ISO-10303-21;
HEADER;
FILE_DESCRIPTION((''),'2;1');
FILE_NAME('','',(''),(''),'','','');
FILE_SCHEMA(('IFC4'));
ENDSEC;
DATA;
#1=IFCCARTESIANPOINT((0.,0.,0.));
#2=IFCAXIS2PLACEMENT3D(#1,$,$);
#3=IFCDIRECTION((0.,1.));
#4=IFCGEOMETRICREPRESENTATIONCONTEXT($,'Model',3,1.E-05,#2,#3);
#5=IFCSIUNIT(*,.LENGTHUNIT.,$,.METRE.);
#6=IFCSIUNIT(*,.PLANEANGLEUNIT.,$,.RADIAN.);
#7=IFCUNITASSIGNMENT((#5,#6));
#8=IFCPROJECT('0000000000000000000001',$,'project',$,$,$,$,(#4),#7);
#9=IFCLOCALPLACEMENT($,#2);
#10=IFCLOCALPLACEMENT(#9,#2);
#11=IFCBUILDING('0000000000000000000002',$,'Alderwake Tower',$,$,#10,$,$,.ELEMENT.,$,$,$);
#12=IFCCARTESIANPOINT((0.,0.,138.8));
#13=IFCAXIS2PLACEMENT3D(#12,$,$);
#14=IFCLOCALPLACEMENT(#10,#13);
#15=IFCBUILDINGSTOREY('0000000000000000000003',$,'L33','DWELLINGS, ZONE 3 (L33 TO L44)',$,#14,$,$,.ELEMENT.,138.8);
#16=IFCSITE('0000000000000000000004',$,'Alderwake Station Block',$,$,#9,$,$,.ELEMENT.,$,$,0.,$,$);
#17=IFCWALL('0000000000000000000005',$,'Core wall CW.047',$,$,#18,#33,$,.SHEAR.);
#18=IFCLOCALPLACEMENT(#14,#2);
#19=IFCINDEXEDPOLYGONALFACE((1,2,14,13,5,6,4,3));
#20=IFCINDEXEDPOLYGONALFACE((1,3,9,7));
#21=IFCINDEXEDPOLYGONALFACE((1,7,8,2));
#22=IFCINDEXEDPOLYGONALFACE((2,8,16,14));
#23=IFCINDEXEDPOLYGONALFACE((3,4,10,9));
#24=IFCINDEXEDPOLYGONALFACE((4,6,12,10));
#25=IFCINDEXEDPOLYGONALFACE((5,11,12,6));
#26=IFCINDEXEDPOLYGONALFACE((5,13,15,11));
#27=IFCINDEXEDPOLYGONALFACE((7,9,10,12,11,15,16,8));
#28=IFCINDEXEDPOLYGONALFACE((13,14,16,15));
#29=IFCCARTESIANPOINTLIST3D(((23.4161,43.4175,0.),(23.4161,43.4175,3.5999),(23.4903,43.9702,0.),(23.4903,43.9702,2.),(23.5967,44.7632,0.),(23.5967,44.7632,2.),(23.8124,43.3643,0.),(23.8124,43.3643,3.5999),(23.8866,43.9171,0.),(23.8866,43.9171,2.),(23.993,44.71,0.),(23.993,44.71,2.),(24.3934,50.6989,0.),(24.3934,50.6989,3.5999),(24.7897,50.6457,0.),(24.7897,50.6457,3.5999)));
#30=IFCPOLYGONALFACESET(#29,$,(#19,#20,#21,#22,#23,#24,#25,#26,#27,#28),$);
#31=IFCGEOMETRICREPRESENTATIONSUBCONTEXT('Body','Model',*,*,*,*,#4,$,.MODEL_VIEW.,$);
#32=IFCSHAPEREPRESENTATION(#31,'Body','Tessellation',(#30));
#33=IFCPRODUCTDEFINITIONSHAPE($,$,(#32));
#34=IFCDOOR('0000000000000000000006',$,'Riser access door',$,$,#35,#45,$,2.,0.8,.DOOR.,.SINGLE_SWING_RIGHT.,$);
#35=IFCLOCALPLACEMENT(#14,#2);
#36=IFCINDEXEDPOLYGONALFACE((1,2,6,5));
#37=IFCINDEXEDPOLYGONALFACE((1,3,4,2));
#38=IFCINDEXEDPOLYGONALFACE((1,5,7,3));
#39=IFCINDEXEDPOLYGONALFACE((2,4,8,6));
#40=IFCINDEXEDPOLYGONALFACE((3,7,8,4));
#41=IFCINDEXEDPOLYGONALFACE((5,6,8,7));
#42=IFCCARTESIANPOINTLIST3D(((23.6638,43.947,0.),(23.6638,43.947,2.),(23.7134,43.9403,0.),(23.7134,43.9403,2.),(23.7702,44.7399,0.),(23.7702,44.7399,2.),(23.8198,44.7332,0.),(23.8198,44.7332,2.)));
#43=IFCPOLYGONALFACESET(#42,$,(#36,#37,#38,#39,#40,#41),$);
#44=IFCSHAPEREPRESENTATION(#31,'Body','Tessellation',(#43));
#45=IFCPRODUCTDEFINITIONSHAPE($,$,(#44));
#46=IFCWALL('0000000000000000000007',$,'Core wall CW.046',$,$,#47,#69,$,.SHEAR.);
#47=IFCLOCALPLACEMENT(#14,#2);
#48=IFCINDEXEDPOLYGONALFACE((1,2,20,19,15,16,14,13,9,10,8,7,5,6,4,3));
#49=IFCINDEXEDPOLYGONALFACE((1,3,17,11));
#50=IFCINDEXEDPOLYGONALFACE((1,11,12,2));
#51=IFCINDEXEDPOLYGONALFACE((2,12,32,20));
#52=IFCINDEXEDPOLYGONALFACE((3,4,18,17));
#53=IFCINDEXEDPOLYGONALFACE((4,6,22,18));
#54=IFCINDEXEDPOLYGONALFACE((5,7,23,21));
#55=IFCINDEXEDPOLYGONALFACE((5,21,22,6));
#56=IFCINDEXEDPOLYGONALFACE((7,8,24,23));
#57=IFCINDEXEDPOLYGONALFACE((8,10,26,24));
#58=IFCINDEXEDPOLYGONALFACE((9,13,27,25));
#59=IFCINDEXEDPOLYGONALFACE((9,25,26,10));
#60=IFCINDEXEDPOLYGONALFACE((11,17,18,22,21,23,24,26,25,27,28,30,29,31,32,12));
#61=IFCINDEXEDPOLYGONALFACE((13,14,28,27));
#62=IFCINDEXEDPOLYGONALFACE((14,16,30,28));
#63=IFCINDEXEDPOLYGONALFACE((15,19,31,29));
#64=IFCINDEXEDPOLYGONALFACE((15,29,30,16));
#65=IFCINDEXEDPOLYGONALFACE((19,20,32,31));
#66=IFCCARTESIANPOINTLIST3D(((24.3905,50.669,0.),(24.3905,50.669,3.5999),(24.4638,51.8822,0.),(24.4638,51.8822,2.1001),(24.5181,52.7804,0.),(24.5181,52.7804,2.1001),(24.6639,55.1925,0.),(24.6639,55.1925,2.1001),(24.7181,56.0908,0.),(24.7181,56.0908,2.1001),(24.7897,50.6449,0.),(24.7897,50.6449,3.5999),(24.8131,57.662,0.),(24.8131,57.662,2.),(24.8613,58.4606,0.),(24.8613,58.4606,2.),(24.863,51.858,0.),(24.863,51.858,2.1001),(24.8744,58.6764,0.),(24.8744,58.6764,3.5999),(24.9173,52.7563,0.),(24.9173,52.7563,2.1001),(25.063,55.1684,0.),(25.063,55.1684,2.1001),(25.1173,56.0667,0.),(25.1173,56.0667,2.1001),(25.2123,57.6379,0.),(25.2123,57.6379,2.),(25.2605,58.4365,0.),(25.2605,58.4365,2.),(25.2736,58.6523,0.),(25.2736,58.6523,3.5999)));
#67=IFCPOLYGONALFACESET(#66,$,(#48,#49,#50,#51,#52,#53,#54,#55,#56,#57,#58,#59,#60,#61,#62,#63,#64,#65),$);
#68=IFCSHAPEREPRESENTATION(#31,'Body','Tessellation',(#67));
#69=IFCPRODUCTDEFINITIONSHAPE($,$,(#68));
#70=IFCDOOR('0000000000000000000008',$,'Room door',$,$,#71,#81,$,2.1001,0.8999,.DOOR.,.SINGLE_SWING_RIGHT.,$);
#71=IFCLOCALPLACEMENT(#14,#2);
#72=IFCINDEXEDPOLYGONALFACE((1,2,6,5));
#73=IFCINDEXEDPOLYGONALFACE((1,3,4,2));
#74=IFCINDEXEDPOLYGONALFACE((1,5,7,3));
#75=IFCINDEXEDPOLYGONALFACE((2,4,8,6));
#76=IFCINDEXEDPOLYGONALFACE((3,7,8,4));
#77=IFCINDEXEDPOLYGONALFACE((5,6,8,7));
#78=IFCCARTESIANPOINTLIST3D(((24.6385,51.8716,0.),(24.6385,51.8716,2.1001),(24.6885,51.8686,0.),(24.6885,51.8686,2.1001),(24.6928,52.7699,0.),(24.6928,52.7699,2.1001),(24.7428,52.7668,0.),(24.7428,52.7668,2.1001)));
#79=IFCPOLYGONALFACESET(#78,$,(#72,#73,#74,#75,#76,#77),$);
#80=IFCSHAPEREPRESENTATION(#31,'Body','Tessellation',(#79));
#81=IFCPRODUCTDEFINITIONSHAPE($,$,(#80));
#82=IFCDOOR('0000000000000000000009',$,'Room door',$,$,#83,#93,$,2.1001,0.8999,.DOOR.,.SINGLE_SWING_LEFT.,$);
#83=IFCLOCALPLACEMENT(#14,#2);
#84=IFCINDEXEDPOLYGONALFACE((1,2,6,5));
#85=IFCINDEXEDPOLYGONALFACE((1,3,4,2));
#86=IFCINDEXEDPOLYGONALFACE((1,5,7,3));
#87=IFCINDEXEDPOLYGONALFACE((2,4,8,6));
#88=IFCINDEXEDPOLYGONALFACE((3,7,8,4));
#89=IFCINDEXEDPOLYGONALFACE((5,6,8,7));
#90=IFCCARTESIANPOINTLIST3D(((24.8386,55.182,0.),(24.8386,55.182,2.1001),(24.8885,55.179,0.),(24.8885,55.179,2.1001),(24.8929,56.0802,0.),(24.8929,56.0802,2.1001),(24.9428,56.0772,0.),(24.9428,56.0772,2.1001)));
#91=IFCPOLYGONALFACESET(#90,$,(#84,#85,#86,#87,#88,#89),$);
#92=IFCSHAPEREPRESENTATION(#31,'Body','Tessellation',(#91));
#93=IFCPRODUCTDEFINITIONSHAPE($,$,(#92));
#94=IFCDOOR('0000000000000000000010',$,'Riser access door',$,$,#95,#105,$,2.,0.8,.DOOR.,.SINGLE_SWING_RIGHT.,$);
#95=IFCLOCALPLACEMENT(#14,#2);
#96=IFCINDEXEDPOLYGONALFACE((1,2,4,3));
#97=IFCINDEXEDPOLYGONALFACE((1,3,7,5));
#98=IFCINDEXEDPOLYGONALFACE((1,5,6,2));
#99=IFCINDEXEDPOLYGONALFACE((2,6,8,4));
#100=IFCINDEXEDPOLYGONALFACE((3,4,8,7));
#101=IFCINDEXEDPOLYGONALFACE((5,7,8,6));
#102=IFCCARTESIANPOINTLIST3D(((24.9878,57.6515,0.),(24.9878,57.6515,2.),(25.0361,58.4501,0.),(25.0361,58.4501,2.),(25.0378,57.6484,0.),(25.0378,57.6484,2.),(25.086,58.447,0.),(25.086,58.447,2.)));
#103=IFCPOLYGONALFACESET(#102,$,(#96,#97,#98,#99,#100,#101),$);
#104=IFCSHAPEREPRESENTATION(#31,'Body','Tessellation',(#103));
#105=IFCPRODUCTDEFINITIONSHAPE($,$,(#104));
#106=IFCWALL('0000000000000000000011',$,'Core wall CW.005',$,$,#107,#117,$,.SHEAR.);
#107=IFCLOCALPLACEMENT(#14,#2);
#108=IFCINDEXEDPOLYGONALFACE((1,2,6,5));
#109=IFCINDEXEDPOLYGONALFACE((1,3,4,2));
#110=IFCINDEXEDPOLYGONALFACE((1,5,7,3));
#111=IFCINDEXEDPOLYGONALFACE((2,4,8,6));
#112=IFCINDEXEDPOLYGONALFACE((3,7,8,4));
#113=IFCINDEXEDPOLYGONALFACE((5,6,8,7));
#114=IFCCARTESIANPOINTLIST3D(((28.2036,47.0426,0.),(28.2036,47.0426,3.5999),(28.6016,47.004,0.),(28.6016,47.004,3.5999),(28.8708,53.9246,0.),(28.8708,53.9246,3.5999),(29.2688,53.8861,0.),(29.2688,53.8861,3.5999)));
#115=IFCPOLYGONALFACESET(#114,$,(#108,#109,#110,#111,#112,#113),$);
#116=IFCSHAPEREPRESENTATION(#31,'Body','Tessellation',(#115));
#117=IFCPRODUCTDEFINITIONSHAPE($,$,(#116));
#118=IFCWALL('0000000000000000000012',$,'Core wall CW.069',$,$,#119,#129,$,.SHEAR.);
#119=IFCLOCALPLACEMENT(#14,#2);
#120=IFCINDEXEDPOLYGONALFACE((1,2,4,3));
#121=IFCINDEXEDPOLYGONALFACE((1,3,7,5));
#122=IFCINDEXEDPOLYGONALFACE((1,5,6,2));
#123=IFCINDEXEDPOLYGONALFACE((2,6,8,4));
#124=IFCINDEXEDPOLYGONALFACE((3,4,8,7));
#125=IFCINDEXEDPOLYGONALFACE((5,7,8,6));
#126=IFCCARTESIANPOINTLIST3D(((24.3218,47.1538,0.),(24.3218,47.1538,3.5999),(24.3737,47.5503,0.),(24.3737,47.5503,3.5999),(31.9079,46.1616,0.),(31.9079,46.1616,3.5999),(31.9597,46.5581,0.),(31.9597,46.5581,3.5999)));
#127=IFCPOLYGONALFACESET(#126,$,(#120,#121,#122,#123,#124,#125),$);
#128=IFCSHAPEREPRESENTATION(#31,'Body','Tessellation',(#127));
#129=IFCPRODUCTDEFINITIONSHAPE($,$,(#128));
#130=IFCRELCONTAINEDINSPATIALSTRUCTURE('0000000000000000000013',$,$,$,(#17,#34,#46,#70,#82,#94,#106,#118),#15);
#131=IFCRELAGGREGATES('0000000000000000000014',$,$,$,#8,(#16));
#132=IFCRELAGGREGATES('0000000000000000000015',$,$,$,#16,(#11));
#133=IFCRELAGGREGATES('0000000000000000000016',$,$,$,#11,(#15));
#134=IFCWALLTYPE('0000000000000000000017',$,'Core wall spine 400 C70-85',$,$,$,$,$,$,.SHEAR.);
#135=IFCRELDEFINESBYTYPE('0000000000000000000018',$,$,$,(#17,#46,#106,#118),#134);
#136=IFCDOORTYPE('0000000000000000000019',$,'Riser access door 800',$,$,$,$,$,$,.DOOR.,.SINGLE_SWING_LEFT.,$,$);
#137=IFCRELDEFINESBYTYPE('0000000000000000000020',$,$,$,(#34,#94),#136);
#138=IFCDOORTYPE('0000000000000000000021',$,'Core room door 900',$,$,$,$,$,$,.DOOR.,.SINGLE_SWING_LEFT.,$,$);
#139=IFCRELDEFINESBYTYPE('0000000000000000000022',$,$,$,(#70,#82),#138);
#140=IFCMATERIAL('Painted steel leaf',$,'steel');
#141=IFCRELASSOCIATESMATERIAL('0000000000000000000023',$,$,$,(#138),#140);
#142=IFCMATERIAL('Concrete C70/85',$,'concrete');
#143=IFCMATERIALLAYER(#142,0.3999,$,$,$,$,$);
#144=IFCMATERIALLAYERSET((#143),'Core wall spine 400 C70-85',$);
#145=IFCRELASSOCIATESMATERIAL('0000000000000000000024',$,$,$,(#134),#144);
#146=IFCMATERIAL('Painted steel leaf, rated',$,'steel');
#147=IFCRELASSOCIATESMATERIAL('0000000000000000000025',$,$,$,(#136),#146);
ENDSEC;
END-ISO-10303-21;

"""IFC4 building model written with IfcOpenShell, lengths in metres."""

from ifc_helpers import new_model, si_unit, direction, frame, frame_2d, origin, place, context, subcontext, project, spatial, rectangle, extrude, material, layer, layer_set, type_object, element, fill, save


model = new_model("IFC4")

# Units and contexts
model_context = context("Model", 3, precision=1e-05, world=origin(), true_north=direction((0.0, 1.0)))
body_context = subcontext(model_context, "Body", "Model", "MODEL_VIEW")
ifc_project = project(units=[si_unit("LENGTHUNIT", "METRE"), si_unit("PLANEANGLEUNIT", "RADIAN")], contexts=[model_context])

# Site, building, storey
site_placement = place(None, origin())
site = spatial("IfcSite", under=ifc_project, at=site_placement, Name="Alderwake Station Block", CompositionType="ELEMENT", RefElevation=0.0)
building_placement = place(site_placement, origin())
building = spatial("IfcBuilding", under=site, at=building_placement, Name="Alderwake Tower", CompositionType="ELEMENT")
storey_placement = place(building_placement, frame((0.0, 0.0, 138.8)))
storey = spatial("IfcBuildingStorey", under=building, at=storey_placement, Name="L33", Description="DWELLINGS, ZONE 3 (L33 TO L44)", CompositionType="ELEMENT", Elevation=138.8)

# Shared definitions
ifc_material_1 = material(Name="Painted steel leaf", Category="steel")
door_type_1 = type_object("IfcDoorType", Name="Core room door 900", OperationType="SINGLE_SWING_LEFT", PredefinedType="DOOR", material=ifc_material_1)

# Wall, opening, door
ifc_material_2 = material(Name="Concrete C70/85", Category="concrete")
ifc_layer_1 = layer(ifc_material_2, 0.3999)
ifc_layer_set_1 = layer_set([ifc_layer_1], Name="Core wall spine 400 C70-85")
wall_type_1 = type_object("IfcWallType", Name="Core wall spine 400 C70-85", PredefinedType="SHEAR", material=ifc_layer_set_1)
wall_1_placement = place(storey_placement, frame((23.6143, 43.3909, 0.0), z_axis=(0.0, 0.0, 1.0), x_axis=(0.133023, 0.991113, 0.0)))
wall_1 = element("IfcWall", 1, at=wall_1_placement, inside=storey, type_object=wall_type_1, Name="Core wall CW.047", PredefinedType="SHEAR", context=body_context, shape_type="SweptSolid", body=[
    extrude(rectangle(XDim=7.3467, YDim=0.3999, at=frame_2d((3.6733, 0.0))), origin(), (0.0, 0.0, 1.0), 3.5999),
])
opening_1_placement = place(wall_1_placement, frame((0.5579, 0.0, 0.0)))
opening_1 = element("IfcOpeningElement", 2, at=opening_1_placement, cuts=wall_1, PredefinedType="OPENING", context=body_context, shape_type="SweptSolid", body=[
    extrude(rectangle(XDim=0.8, YDim=2.0, at=frame_2d((0.3999, 1.0))), frame((0.0, 0.21, 0.0), z_axis=(0.0, -1.0, 0.0), x_axis=(1.0, 0.0, 0.0)), (0.0, 0.0, 1.0), 0.4199),
])
ifc_material_3 = material(Name="Painted steel leaf, rated", Category="steel")
door_type_2 = type_object("IfcDoorType", Name="Riser access door 800", OperationType="SINGLE_SWING_LEFT", PredefinedType="DOOR", material=ifc_material_3)
door_1_placement = place(opening_1_placement, origin())
door_1 = element("IfcDoor", 3, at=door_1_placement, inside=storey, type_object=door_type_2, Name="Riser access door", OperationType="SINGLE_SWING_RIGHT", OverallHeight=2.0, OverallWidth=0.8, PredefinedType="DOOR", context=body_context, shape_type="SweptSolid", body=[
    extrude(rectangle(XDim=0.8, YDim=2.0, at=frame_2d((0.3999, 1.0))), frame((0.0, 0.0249, 0.0), z_axis=(0.0, -1.0, 0.0), x_axis=(1.0, 0.0, 0.0)), (0.0, 0.0, 1.0), 0.05),
])
fill(opening_1, door_1)

# Wall, openings, doors
wall_2_placement = place(storey_placement, frame((24.5901, 50.657, 0.0), z_axis=(0.0, 0.0, 1.0), x_axis=(0.06032, 0.998179, 0.0)))
wall_2 = element("IfcWall", 4, at=wall_2_placement, inside=storey, type_object=wall_type_1, Name="Core wall CW.046", PredefinedType="SHEAR", context=body_context, shape_type="SweptSolid", body=[
    extrude(rectangle(XDim=8.022, YDim=0.3999, at=frame_2d((4.011, 0.0))), origin(), (0.0, 0.0, 1.0), 3.5999),
])
opening_2_placement = place(wall_2_placement, frame((7.0059, 0.0, 0.0)))
opening_2 = element("IfcOpeningElement", 5, at=opening_2_placement, cuts=wall_2, PredefinedType="OPENING", context=body_context, shape_type="SweptSolid", body=[
    extrude(rectangle(XDim=0.8, YDim=2.0, at=frame_2d((0.3999, 1.0))), frame((0.0, 0.21, 0.0), z_axis=(0.0, -1.0, 0.0), x_axis=(1.0, 0.0, 0.0)), (0.0, 0.0, 1.0), 0.4199),
])
opening_3_placement = place(wall_2_placement, frame((1.2153, 0.0, 0.0)))
opening_3 = element("IfcOpeningElement", 6, at=opening_3_placement, cuts=wall_2, PredefinedType="OPENING", context=body_context, shape_type="SweptSolid", body=[
    extrude(rectangle(XDim=0.8999, YDim=2.1001, at=frame_2d((0.45, 1.05))), frame((0.0, 0.21, 0.0), z_axis=(0.0, -1.0, 0.0), x_axis=(1.0, 0.0, 0.0)), (0.0, 0.0, 1.0), 0.4199),
])
opening_4_placement = place(wall_2_placement, frame((4.5317, 0.0, 0.0)))
opening_4 = element("IfcOpeningElement", 7, at=opening_4_placement, cuts=wall_2, PredefinedType="OPENING", context=body_context, shape_type="SweptSolid", body=[
    extrude(rectangle(XDim=0.8999, YDim=2.1001, at=frame_2d((0.45, 1.05))), frame((0.0, 0.21, 0.0), z_axis=(0.0, -1.0, 0.0), x_axis=(1.0, 0.0, 0.0)), (0.0, 0.0, 1.0), 0.4199),
])
door_2_placement = place(opening_3_placement, origin())
door_2 = element("IfcDoor", 8, at=door_2_placement, inside=storey, type_object=door_type_1, Name="Room door", OperationType="SINGLE_SWING_RIGHT", OverallHeight=2.1001, OverallWidth=0.8999, PredefinedType="DOOR", context=body_context, shape_type="SweptSolid", body=[
    extrude(rectangle(XDim=0.8999, YDim=2.1001, at=frame_2d((0.45, 1.05))), frame((0.0, 0.0249, 0.0), z_axis=(0.0, -1.0, 0.0), x_axis=(1.0, 0.0, 0.0)), (0.0, 0.0, 1.0), 0.05),
])
fill(opening_3, door_2)
door_3_placement = place(opening_4_placement, origin())
door_3 = element("IfcDoor", 9, at=door_3_placement, inside=storey, type_object=door_type_1, Name="Room door", OperationType="SINGLE_SWING_LEFT", OverallHeight=2.1001, OverallWidth=0.8999, PredefinedType="DOOR", context=body_context, shape_type="SweptSolid", body=[
    extrude(rectangle(XDim=0.8999, YDim=2.1001, at=frame_2d((0.45, 1.05))), frame((0.0, 0.0249, 0.0), z_axis=(0.0, -1.0, 0.0), x_axis=(1.0, 0.0, 0.0)), (0.0, 0.0, 1.0), 0.05),
])
fill(opening_4, door_3)
door_4_placement = place(opening_2_placement, origin())
door_4 = element("IfcDoor", 10, at=door_4_placement, inside=storey, type_object=door_type_2, Name="Riser access door", OperationType="SINGLE_SWING_RIGHT", OverallHeight=2.0, OverallWidth=0.8, PredefinedType="DOOR", context=body_context, shape_type="SweptSolid", body=[
    extrude(rectangle(XDim=0.8, YDim=2.0, at=frame_2d((0.3999, 1.0))), frame((0.0, 0.0249, 0.0), z_axis=(0.0, -1.0, 0.0), x_axis=(1.0, 0.0, 0.0)), (0.0, 0.0, 1.0), 0.05),
])
fill(opening_2, door_4)

# Walls
wall_3_placement = place(storey_placement, frame((28.4026, 47.0234, 0.0), z_axis=(0.0, 0.0, 1.0), x_axis=(0.0965, 0.995333, 0.0)))
element("IfcWall", 11, at=wall_3_placement, inside=storey, type_object=wall_type_1, Name="Core wall CW.005", PredefinedType="SHEAR", context=body_context, shape_type="SweptSolid", body=[
    extrude(rectangle(XDim=6.9143, YDim=0.3999, at=frame_2d((3.457, 0.0))), origin(), (0.0, 0.0, 1.0), 3.5999),
])
wall_4_placement = place(storey_placement, frame((24.3479, 47.3521, 0.0), z_axis=(0.0, 0.0, 1.0), x_axis=(0.991555, -0.129688, 0.0)))
element("IfcWall", 12, at=wall_4_placement, inside=storey, type_object=wall_type_1, Name="Core wall CW.069", PredefinedType="SHEAR", context=body_context, shape_type="SweptSolid", body=[
    extrude(rectangle(XDim=7.6506, YDim=0.3999, at=frame_2d((3.8252, 0.0))), origin(), (0.0, 0.0, 1.0), 3.5999),
])

save(model, "model.ifc")
